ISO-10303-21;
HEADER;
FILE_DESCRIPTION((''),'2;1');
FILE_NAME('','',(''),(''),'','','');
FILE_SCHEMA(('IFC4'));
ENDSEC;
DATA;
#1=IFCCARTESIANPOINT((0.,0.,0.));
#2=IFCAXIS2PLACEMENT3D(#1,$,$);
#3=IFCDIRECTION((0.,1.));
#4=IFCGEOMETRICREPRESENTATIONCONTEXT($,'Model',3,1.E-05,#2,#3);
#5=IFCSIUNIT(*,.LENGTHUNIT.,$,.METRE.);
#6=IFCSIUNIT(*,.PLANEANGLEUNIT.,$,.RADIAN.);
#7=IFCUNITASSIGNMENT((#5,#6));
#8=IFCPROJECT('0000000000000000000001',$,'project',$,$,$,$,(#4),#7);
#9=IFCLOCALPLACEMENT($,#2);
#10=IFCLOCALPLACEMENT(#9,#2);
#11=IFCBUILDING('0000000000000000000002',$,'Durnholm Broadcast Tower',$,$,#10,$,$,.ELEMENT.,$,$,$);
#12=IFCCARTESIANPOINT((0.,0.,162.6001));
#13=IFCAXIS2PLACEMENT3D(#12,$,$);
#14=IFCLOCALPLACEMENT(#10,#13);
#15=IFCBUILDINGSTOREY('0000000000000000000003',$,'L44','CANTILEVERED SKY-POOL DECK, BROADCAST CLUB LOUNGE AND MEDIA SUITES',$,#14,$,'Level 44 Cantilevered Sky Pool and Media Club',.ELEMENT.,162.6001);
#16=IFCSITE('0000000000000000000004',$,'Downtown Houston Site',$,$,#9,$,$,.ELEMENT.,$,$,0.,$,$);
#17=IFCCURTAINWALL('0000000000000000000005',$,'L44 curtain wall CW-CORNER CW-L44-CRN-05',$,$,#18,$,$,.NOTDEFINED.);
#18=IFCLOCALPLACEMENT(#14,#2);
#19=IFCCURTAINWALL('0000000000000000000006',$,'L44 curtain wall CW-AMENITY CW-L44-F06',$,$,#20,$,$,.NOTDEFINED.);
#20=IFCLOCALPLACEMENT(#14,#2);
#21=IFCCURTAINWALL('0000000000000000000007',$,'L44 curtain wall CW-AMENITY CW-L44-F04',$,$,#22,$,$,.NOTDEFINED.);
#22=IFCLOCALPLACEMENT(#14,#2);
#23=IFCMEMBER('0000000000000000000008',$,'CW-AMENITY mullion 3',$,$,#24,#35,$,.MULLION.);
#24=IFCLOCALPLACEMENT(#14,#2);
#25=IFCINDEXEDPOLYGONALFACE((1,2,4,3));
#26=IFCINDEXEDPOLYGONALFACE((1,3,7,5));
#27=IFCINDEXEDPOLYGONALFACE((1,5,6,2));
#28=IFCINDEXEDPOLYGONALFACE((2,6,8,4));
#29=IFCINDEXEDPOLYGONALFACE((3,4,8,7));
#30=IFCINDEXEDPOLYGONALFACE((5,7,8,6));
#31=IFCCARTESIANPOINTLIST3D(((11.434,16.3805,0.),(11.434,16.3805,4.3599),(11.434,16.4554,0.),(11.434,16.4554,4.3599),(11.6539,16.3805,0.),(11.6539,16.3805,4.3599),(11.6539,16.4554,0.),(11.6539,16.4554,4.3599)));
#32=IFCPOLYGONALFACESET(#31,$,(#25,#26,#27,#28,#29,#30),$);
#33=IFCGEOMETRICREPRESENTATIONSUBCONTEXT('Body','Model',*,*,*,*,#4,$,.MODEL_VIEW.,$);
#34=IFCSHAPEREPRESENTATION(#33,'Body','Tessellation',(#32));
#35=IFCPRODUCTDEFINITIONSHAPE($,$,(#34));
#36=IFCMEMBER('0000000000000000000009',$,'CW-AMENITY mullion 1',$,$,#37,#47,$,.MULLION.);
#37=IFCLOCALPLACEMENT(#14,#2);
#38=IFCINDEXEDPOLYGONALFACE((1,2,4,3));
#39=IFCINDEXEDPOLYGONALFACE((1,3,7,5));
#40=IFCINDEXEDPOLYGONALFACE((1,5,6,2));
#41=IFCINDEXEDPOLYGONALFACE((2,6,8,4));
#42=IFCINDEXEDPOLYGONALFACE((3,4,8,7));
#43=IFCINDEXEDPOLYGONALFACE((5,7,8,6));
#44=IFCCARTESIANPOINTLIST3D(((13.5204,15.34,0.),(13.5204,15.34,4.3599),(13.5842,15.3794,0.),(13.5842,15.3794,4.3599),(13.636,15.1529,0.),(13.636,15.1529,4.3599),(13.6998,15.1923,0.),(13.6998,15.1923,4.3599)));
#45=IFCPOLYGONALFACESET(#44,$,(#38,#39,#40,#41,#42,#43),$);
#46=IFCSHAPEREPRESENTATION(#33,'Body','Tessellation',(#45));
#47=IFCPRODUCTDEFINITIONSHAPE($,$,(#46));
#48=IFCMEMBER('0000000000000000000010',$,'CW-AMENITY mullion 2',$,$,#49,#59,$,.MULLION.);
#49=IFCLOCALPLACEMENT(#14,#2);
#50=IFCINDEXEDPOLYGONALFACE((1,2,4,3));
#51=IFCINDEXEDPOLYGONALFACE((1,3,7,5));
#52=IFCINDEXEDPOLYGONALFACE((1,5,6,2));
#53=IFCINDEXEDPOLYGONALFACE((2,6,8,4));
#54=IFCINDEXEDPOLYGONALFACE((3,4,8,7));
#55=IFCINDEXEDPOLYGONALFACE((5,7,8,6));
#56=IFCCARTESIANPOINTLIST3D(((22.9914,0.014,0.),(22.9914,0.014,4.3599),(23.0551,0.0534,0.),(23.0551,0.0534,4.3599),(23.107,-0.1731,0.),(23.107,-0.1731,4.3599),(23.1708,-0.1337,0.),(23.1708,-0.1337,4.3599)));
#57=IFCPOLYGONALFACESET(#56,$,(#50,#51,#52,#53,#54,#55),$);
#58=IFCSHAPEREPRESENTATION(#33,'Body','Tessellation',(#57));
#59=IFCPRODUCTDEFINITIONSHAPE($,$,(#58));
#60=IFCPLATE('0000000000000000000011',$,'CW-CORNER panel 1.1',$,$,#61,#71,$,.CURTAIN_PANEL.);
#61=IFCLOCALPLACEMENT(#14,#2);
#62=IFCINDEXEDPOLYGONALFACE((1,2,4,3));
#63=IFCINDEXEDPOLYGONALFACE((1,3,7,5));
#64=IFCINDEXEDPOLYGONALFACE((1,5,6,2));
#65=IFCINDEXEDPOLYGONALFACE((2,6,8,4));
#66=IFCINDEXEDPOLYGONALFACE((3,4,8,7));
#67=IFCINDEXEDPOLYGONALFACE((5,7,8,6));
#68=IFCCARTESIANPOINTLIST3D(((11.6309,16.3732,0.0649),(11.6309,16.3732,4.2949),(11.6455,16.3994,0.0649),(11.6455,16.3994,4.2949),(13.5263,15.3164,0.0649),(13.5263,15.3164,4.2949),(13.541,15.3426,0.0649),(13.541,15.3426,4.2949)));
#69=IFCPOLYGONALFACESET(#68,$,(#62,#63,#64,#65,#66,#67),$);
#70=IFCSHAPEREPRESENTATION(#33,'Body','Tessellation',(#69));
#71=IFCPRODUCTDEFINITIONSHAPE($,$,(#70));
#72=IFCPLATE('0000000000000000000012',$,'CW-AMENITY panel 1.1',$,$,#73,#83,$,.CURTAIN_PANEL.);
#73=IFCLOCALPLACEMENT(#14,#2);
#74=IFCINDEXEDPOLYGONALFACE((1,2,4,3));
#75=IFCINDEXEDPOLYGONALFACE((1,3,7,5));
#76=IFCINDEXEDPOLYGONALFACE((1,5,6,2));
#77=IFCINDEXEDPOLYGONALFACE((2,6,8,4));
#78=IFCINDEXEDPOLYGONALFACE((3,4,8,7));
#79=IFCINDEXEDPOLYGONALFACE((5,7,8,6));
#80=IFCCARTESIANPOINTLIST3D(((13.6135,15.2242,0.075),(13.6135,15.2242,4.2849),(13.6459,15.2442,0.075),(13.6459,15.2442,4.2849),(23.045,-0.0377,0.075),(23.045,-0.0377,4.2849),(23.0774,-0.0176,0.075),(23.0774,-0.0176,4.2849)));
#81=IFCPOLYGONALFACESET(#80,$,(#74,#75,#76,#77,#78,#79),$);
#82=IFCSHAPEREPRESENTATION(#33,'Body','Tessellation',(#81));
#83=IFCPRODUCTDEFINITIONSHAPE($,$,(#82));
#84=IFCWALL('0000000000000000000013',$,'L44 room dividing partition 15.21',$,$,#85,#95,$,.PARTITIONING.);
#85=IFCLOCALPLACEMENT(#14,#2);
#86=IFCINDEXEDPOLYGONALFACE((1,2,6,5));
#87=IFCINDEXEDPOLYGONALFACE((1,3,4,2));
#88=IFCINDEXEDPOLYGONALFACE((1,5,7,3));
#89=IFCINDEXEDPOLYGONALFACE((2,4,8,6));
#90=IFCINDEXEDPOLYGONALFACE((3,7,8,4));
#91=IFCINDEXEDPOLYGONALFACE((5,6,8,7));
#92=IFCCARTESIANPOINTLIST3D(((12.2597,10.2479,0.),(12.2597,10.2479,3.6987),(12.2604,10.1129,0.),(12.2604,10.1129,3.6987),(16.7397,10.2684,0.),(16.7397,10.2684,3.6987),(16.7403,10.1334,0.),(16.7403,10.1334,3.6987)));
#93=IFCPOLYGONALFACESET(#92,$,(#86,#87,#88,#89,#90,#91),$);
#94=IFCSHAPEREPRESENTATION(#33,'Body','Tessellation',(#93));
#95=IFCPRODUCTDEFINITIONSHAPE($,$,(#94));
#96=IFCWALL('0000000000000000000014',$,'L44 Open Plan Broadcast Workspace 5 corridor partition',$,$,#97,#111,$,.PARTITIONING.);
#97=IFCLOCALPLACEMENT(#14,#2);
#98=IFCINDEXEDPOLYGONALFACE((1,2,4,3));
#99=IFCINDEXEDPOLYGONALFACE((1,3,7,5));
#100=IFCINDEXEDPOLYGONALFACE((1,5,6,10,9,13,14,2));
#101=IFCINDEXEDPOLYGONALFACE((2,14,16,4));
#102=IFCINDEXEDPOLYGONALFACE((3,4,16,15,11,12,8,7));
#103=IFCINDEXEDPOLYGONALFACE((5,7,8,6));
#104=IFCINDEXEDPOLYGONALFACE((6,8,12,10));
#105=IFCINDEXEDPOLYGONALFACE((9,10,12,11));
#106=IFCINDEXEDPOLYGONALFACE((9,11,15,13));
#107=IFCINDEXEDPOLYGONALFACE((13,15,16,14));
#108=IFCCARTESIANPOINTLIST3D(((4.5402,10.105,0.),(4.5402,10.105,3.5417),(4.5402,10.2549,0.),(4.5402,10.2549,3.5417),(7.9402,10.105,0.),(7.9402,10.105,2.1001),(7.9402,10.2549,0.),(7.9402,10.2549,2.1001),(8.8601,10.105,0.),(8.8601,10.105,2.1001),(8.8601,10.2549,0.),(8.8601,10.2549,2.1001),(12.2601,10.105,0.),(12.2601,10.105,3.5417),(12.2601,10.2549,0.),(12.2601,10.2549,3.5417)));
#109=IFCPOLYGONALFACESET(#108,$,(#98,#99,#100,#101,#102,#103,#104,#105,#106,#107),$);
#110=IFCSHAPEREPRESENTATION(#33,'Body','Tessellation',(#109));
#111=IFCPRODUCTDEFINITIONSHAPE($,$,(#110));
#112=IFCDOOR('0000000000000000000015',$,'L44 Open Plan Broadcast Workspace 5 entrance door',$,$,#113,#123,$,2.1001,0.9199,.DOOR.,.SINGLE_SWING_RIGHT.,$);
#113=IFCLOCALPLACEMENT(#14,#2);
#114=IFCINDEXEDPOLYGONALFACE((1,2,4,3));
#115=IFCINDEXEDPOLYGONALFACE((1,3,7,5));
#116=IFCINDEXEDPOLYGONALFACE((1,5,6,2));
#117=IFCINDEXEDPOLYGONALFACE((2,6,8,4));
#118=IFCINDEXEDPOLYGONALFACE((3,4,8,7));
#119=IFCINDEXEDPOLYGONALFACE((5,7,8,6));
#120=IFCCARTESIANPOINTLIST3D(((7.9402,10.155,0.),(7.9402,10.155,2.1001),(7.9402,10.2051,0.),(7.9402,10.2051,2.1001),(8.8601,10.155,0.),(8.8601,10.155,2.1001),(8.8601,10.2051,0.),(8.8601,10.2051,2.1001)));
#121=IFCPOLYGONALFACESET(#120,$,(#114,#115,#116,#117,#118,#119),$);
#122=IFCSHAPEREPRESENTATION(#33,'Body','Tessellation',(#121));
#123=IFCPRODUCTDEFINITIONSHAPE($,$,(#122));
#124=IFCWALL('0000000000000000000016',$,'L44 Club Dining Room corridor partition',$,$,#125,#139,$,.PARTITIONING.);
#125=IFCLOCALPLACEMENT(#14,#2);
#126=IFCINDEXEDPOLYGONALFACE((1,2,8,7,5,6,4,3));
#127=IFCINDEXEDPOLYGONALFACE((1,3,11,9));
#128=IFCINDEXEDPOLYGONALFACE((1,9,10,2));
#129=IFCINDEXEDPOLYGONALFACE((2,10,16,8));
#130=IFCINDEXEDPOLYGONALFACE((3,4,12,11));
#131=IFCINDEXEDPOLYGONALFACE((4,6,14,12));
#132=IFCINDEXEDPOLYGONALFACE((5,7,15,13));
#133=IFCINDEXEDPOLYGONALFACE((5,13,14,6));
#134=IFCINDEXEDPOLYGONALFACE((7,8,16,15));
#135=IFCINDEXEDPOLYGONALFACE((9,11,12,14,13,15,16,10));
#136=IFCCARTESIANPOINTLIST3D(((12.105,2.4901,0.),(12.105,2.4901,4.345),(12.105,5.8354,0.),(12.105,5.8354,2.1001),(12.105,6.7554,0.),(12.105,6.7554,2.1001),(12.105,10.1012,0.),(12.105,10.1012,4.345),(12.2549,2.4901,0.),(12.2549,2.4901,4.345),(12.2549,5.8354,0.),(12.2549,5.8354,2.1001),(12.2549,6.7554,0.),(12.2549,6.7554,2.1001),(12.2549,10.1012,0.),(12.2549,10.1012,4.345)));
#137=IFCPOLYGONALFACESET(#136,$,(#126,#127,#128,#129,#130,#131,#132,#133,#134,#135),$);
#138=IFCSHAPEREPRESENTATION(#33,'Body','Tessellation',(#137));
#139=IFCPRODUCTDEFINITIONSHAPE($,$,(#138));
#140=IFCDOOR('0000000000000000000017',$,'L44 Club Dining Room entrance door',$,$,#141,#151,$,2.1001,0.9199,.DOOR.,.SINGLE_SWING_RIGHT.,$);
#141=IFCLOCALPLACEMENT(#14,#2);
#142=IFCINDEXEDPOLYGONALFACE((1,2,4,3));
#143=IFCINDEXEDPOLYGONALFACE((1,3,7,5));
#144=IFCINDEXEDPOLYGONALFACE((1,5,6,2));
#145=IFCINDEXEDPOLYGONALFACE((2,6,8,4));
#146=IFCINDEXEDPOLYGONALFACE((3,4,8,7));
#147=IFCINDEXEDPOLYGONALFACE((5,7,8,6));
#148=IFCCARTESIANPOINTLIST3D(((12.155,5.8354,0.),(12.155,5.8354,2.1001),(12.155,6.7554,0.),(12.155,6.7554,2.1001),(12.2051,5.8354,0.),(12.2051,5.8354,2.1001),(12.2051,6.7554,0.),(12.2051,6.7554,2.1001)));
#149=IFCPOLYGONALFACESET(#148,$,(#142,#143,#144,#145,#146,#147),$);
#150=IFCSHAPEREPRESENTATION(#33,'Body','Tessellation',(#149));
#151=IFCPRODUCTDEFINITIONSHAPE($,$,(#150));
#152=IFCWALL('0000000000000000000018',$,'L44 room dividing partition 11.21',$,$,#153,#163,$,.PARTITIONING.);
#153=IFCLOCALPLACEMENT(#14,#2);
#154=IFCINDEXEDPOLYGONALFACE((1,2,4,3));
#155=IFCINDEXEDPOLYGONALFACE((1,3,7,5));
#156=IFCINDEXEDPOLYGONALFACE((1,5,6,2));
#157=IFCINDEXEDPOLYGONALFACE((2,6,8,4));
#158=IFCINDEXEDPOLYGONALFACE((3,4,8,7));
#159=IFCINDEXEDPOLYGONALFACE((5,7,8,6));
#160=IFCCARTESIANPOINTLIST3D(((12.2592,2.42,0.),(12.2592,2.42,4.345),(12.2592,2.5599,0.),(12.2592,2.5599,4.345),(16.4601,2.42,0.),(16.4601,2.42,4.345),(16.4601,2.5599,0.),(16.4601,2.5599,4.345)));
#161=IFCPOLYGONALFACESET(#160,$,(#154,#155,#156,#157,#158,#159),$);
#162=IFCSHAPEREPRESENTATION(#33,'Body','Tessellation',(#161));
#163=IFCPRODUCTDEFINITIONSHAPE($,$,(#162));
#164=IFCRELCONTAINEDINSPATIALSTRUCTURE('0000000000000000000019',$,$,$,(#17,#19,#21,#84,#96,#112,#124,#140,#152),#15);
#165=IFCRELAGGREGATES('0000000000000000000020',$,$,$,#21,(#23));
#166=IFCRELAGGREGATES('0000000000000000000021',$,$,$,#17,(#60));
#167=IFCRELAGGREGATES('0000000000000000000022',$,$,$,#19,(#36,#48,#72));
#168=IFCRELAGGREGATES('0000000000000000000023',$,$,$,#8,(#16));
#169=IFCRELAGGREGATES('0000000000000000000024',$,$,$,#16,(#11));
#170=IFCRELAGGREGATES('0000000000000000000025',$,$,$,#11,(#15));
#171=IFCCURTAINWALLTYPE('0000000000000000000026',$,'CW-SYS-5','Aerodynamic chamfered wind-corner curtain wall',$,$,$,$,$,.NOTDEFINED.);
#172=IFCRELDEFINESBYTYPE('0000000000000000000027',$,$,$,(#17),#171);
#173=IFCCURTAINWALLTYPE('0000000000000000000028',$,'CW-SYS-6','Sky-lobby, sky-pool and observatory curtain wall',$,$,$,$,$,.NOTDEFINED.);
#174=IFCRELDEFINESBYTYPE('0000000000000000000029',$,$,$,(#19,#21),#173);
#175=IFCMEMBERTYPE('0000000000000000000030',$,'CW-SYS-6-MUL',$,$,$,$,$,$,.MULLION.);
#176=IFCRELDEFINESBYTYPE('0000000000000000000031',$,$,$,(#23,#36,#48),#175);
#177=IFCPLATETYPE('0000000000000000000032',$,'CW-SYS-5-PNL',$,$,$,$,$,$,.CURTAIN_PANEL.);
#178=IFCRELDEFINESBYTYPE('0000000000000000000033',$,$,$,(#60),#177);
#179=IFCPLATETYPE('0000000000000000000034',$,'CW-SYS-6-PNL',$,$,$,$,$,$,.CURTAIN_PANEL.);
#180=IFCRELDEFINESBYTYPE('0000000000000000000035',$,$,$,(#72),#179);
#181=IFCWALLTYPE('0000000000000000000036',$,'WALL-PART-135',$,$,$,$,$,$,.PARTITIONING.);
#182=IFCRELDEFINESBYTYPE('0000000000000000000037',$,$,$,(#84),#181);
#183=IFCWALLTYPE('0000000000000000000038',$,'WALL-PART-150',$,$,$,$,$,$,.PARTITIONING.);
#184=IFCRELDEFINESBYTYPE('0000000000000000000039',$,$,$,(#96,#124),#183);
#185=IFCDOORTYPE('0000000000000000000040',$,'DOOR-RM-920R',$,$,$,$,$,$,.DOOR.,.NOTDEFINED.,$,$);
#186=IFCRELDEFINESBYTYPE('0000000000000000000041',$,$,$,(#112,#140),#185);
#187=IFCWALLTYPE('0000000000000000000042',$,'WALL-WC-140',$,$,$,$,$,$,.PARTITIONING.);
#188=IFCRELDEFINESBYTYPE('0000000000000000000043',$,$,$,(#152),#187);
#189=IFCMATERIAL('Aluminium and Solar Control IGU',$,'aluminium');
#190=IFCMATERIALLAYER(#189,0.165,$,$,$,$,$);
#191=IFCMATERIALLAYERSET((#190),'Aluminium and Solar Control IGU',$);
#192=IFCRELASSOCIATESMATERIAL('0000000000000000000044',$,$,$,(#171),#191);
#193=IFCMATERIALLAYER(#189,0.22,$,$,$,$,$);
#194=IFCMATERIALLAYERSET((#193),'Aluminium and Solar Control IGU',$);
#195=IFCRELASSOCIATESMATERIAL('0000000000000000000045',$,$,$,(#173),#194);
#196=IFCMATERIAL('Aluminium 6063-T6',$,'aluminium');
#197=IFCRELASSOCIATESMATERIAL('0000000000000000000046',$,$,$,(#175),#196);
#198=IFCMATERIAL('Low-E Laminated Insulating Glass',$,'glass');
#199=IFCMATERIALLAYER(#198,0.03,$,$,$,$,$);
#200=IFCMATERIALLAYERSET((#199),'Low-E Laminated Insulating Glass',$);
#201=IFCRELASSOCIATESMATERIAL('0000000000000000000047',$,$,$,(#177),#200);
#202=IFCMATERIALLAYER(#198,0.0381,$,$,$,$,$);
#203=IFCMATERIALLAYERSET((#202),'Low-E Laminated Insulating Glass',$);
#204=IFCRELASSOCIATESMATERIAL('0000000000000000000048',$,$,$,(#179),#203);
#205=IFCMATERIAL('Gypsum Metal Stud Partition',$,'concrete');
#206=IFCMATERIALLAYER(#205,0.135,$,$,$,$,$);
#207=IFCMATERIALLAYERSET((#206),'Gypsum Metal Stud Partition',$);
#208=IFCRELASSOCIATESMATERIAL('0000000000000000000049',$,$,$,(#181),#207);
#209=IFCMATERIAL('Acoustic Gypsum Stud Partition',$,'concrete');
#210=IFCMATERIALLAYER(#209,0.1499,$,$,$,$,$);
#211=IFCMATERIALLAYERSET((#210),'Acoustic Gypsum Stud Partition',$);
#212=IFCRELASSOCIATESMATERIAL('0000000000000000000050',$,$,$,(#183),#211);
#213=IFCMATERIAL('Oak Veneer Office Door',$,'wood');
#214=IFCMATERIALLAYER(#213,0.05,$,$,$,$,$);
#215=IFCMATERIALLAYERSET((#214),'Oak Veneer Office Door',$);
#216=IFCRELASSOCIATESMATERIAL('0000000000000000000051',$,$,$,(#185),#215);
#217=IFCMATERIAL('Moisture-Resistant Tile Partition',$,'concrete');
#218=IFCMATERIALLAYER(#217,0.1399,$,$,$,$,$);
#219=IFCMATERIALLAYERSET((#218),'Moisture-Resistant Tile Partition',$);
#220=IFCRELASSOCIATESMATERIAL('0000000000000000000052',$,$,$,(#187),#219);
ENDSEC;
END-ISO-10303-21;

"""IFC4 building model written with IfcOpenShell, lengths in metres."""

from ifc_helpers import new_model, si_unit, direction, frame, frame_2d, origin, origin_2d, place, context, subcontext, project, spatial, rectangle, extrude, source, transform, mapped, material, layer, layer_set, material_profile, profile_set, type_object, type_shapes, element, fill, aggregate, save


model = new_model("IFC4")

# Units and contexts
model_context = context("Model", 3, precision=1e-05, world=origin(), true_north=direction((0.0, 1.0)))
body_context = subcontext(model_context, "Body", "Model", "MODEL_VIEW")
ifc_project = project(units=[si_unit("LENGTHUNIT", "METRE"), si_unit("PLANEANGLEUNIT", "RADIAN")], contexts=[model_context])

# Site, building, storey
site_placement = place(None, origin())
site = spatial("IfcSite", under=ifc_project, at=site_placement, Name="Downtown Houston Site", CompositionType="ELEMENT", RefElevation=0.0)
building_placement = place(site_placement, origin())
building = spatial("IfcBuilding", under=site, at=building_placement, Name="Durnholm Broadcast Tower", CompositionType="ELEMENT")
storey_placement = place(building_placement, frame((0.0, 0.0, 162.6001)))
storey = spatial("IfcBuildingStorey", under=building, at=storey_placement, Name="L44", Description="CANTILEVERED SKY-POOL DECK, BROADCAST CLUB LOUNGE AND MEDIA SUITES", LongName="Level 44 Cantilevered Sky Pool and Media Club", CompositionType="ELEMENT", Elevation=162.6001)

# Curtain walls
ifc_material_1 = material(Name="Aluminium and Solar Control IGU", Category="aluminium")
ifc_layer_1 = layer(ifc_material_1, 0.165)
ifc_layer_set_1 = layer_set([ifc_layer_1], Name="Aluminium and Solar Control IGU")
curtain_wall_type_1 = type_object("IfcCurtainWallType", Name="CW-SYS-5", Description="Aerodynamic chamfered wind-corner curtain wall", PredefinedType="NOTDEFINED", material=ifc_layer_set_1)
curtain_wall_1_placement = place(storey_placement, origin())
curtain_wall_1 = element("IfcCurtainWall", 1, at=curtain_wall_1_placement, inside=storey, type_object=curtain_wall_type_1, Name="L44 curtain wall CW-CORNER CW-L44-CRN-05", PredefinedType="NOTDEFINED")
ifc_material_2 = material(Name="Aluminium 6063-T6", Category="aluminium")
ifc_layer_2 = layer(ifc_material_1, 0.22)
ifc_layer_set_2 = layer_set([ifc_layer_2], Name="Aluminium and Solar Control IGU")
curtain_wall_type_2 = type_object("IfcCurtainWallType", Name="CW-SYS-6", Description="Sky-lobby, sky-pool and observatory curtain wall", PredefinedType="NOTDEFINED", material=ifc_layer_set_2)
curtain_wall_2_placement = place(storey_placement, origin())
curtain_wall_2 = element("IfcCurtainWall", 2, at=curtain_wall_2_placement, inside=storey, type_object=curtain_wall_type_2, Name="L44 curtain wall CW-AMENITY CW-L44-F06", PredefinedType="NOTDEFINED")

# Curtain wall, member
curtain_wall_3_placement = place(storey_placement, origin())
curtain_wall_3 = element("IfcCurtainWall", 3, at=curtain_wall_3_placement, inside=storey, type_object=curtain_wall_type_2, Name="L44 curtain wall CW-AMENITY CW-L44-F04", PredefinedType="NOTDEFINED")
ifc_material_profile_1 = material_profile(ifc_material_2, rectangle(XDim=0.075, YDim=0.22, at=origin_2d()), Name="CWM75X220")
ifc_profile_set_1 = profile_set([ifc_material_profile_1], Name="Aluminium 6063-T6")
member_type_1 = type_object("IfcMemberType", Name="CW-SYS-6-MUL", PredefinedType="MULLION", material=ifc_profile_set_1)
shared_shape_1 = source(origin(), body_context, "Body", "SweptSolid", [
    extrude(rectangle(XDim=0.075, YDim=0.22, at=origin_2d()), origin(), (0.0, 0.0, 1.0), 4.3599),
])
type_shapes(member_type_1, [shared_shape_1])
member_1_placement = place(storey_placement, frame((11.5439, 16.418, 0.0), z_axis=(0.0, 0.0, 1.0), x_axis=(0.0, 1.0, 0.0)))
member_1 = element("IfcMember", 4, at=member_1_placement, type_object=member_type_1, Name="CW-AMENITY mullion 3", PredefinedType="MULLION", context=body_context, shape_type="MappedRepresentation", body=[
    mapped(shared_shape_1, transform((0.0, 0.0, 0.0), x_axis=(1.0, 0.0, 0.0), y_axis=(0.0, 1.0, 0.0), z_axis=(0.0, 0.0, 1.0), scale=1.0)),
])
aggregate(curtain_wall_3, [member_1])

# Members
member_2_placement = place(storey_placement, frame((13.6101, 15.2661, 0.0), z_axis=(0.0, 0.0, 1.0), x_axis=(0.850671, 0.525698, 0.0)))
member_2 = element("IfcMember", 5, at=member_2_placement, type_object=member_type_1, Name="CW-AMENITY mullion 1", PredefinedType="MULLION", context=body_context, shape_type="MappedRepresentation", body=[
    mapped(shared_shape_1, transform((0.0, 0.0, 0.0), x_axis=(1.0, 0.0, 0.0), y_axis=(0.0, 1.0, 0.0), z_axis=(0.0, 0.0, 1.0), scale=1.0)),
])
member_3_placement = place(storey_placement, frame((23.0811, -0.0598, 0.0), z_axis=(0.0, 0.0, 1.0), x_axis=(0.850671, 0.525698, 0.0)))
member_3 = element("IfcMember", 6, at=member_3_placement, type_object=member_type_1, Name="CW-AMENITY mullion 2", PredefinedType="MULLION", context=body_context, shape_type="MappedRepresentation", body=[
    mapped(shared_shape_1, transform((0.0, 0.0, 0.0), x_axis=(1.0, 0.0, 0.0), y_axis=(0.0, 1.0, 0.0), z_axis=(0.0, 0.0, 1.0), scale=1.0)),
])

# Plates
ifc_material_3 = material(Name="Low-E Laminated Insulating Glass", Category="glass")
ifc_layer_3 = layer(ifc_material_3, 0.03)
ifc_layer_set_3 = layer_set([ifc_layer_3], Name="Low-E Laminated Insulating Glass")
plate_type_1 = type_object("IfcPlateType", Name="CW-SYS-5-PNL", PredefinedType="CURTAIN_PANEL", material=ifc_layer_set_3)
shared_shape_2 = source(origin(), body_context, "Body", "SweptSolid", [
    extrude(rectangle(XDim=2.1702, YDim=0.03, at=origin_2d()), origin(), (0.0, 0.0, 1.0), 4.23),
])
type_shapes(plate_type_1, [shared_shape_2])
plate_1_placement = place(storey_placement, frame((12.5859, 15.8579, 0.0649), z_axis=(0.0, 0.0, 1.0), x_axis=(0.87341, -0.486986, 0.0)))
plate_1 = element("IfcPlate", 7, at=plate_1_placement, type_object=plate_type_1, Name="CW-CORNER panel 1.1", PredefinedType="CURTAIN_PANEL", context=body_context, shape_type="MappedRepresentation", body=[
    mapped(shared_shape_2, transform((0.0, 0.0, 0.0), x_axis=(1.0, 0.0, 0.0), y_axis=(0.0, 1.0, 0.0), z_axis=(0.0, 0.0, 1.0), scale=1.0)),
])
aggregate(curtain_wall_1, [plate_1])
ifc_layer_4 = layer(ifc_material_3, 0.0381)
ifc_layer_set_4 = layer_set([ifc_layer_4], Name="Low-E Laminated Insulating Glass")
plate_type_2 = type_object("IfcPlateType", Name="CW-SYS-6-PNL", PredefinedType="CURTAIN_PANEL", material=ifc_layer_set_4)
shared_shape_3 = source(origin(), body_context, "Body", "SweptSolid", [
    extrude(rectangle(XDim=17.9409, YDim=0.0381, at=origin_2d()), origin(), (0.0, 0.0, 1.0), 4.21),
])
type_shapes(plate_type_2, [shared_shape_3])
plate_2_placement = place(storey_placement, frame((18.3455, 7.6033, 0.075), z_axis=(0.0, 0.0, 1.0), x_axis=(0.525698, -0.850671, 0.0)))
plate_2 = element("IfcPlate", 8, at=plate_2_placement, type_object=plate_type_2, Name="CW-AMENITY panel 1.1", PredefinedType="CURTAIN_PANEL", context=body_context, shape_type="MappedRepresentation", body=[
    mapped(shared_shape_3, transform((0.0, 0.0, 0.0), x_axis=(1.0, 0.0, 0.0), y_axis=(0.0, 1.0, 0.0), z_axis=(0.0, 0.0, 1.0), scale=1.0)),
])
aggregate(curtain_wall_2, [member_2, member_3, plate_2])

# Wall
ifc_material_4 = material(Name="Gypsum Metal Stud Partition", Category="concrete")
ifc_layer_5 = layer(ifc_material_4, 0.135)
ifc_layer_set_5 = layer_set([ifc_layer_5], Name="Gypsum Metal Stud Partition")
wall_type_1 = type_object("IfcWallType", Name="WALL-PART-135", PredefinedType="PARTITIONING", material=ifc_layer_set_5)
wall_1_placement = place(storey_placement, frame((16.74, 10.2009, 0.0), z_axis=(0.0, 0.0, 1.0), x_axis=(-0.99999, -0.004578, 0.0)))
element("IfcWall", 9, at=wall_1_placement, inside=storey, type_object=wall_type_1, Name="L44 room dividing partition 15.21", PredefinedType="PARTITIONING", context=body_context, shape_type="SweptSolid", body=[
    extrude(rectangle(XDim=4.48, YDim=0.135, at=frame_2d((2.24, 0.0))), origin(), (0.0, 0.0, 1.0), 3.6987),
])

# Walls, openings, doors
ifc_material_5 = material(Name="Acoustic Gypsum Stud Partition", Category="concrete")
ifc_layer_6 = layer(ifc_material_5, 0.1499)
ifc_layer_set_6 = layer_set([ifc_layer_6], Name="Acoustic Gypsum Stud Partition")
wall_type_2 = type_object("IfcWallType", Name="WALL-PART-150", PredefinedType="PARTITIONING", material=ifc_layer_set_6)
wall_2_placement = place(storey_placement, frame((12.26, 10.1799, 0.0), z_axis=(0.0, 0.0, 1.0), x_axis=(-1.0, 0.0, 0.0)))
wall_2 = element("IfcWall", 10, at=wall_2_placement, inside=storey, type_object=wall_type_2, Name="L44 Open Plan Broadcast Workspace 5 corridor partition", PredefinedType="PARTITIONING", context=body_context, shape_type="SweptSolid", body=[
    extrude(rectangle(XDim=7.72, YDim=0.1499, at=frame_2d((3.8599, 0.0))), origin(), (0.0, 0.0, 1.0), 3.5417),
])
opening_1_placement = place(wall_2_placement, frame((3.3999, 0.0, 0.0)))
opening_1 = element("IfcOpeningElement", 11, at=opening_1_placement, cuts=wall_2, PredefinedType="OPENING", context=body_context, shape_type="SweptSolid", body=[
    extrude(rectangle(XDim=0.9199, YDim=2.1001, at=frame_2d((0.46, 1.05))), frame((0.0, 0.085, 0.0), z_axis=(0.0, -1.0, 0.0), x_axis=(1.0, 0.0, 0.0)), (0.0, 0.0, 1.0), 0.1699),
])
ifc_material_6 = material(Name="Oak Veneer Office Door", Category="wood")
ifc_layer_7 = layer(ifc_material_6, 0.05)
ifc_layer_set_7 = layer_set([ifc_layer_7], Name="Oak Veneer Office Door")
door_type = type_object("IfcDoorType", Name="DOOR-RM-920R", OperationType="NOTDEFINED", PredefinedType="DOOR", material=ifc_layer_set_7)
shared_shape_4 = source(origin(), body_context, "Body", "SweptSolid", [
    extrude(rectangle(XDim=0.9199, YDim=2.1001, at=frame_2d((0.46, 1.05))), frame((0.0, 0.0249, 0.0), z_axis=(0.0, -1.0, 0.0), x_axis=(1.0, 0.0, 0.0)), (0.0, 0.0, 1.0), 0.05),
])
type_shapes(door_type, [shared_shape_4])
door_1_placement = place(opening_1_placement, origin())
door_1 = element("IfcDoor", 12, at=door_1_placement, inside=storey, type_object=door_type, Name="L44 Open Plan Broadcast Workspace 5 entrance door", OperationType="SINGLE_SWING_RIGHT", OverallHeight=2.1001, OverallWidth=0.9199, PredefinedType="DOOR", context=body_context, shape_type="MappedRepresentation", body=[
    mapped(shared_shape_4, transform((0.0, 0.0, 0.0), x_axis=(1.0, 0.0, 0.0), y_axis=(0.0, 1.0, 0.0), z_axis=(0.0, 0.0, 1.0), scale=1.0)),
])
fill(opening_1, door_1)
wall_3_placement = place(storey_placement, frame((12.1799, 2.49, 0.0), z_axis=(0.0, 0.0, 1.0), x_axis=(0.0, 1.0, 0.0)))
wall_3 = element("IfcWall", 13, at=wall_3_placement, inside=storey, type_object=wall_type_2, Name="L44 Club Dining Room corridor partition", PredefinedType="PARTITIONING", context=body_context, shape_type="SweptSolid", body=[
    extrude(rectangle(XDim=7.6111, YDim=0.1499, at=frame_2d((3.8057, 0.0))), origin(), (0.0, 0.0, 1.0), 4.345),
])
opening_2_placement = place(wall_3_placement, frame((3.3455, 0.0, 0.0)))
opening_2 = element("IfcOpeningElement", 14, at=opening_2_placement, cuts=wall_3, PredefinedType="OPENING", context=body_context, shape_type="SweptSolid", body=[
    extrude(rectangle(XDim=0.9199, YDim=2.1001, at=frame_2d((0.46, 1.05))), frame((0.0, 0.085, 0.0), z_axis=(0.0, -1.0, 0.0), x_axis=(1.0, 0.0, 0.0)), (0.0, 0.0, 1.0), 0.1699),
])
door_2_placement = place(opening_2_placement, origin())
door_2 = element("IfcDoor", 15, at=door_2_placement, inside=storey, type_object=door_type, Name="L44 Club Dining Room entrance door", OperationType="SINGLE_SWING_RIGHT", OverallHeight=2.1001, OverallWidth=0.9199, PredefinedType="DOOR", context=body_context, shape_type="MappedRepresentation", body=[
    mapped(shared_shape_4, transform((0.0, 0.0, 0.0), x_axis=(1.0, 0.0, 0.0), y_axis=(0.0, 1.0, 0.0), z_axis=(0.0, 0.0, 1.0), scale=1.0)),
])
fill(opening_2, door_2)

# Wall
ifc_material_7 = material(Name="Moisture-Resistant Tile Partition", Category="concrete")
ifc_layer_8 = layer(ifc_material_7, 0.1399)
ifc_layer_set_8 = layer_set([ifc_layer_8], Name="Moisture-Resistant Tile Partition")
wall_type_3 = type_object("IfcWallType", Name="WALL-WC-140", PredefinedType="PARTITIONING", material=ifc_layer_set_8)
wall_4_placement = place(storey_placement, frame((12.259, 2.49, 0.0), z_axis=(0.0, 0.0, 1.0), x_axis=(1.0, 0.0, 0.0)))
element("IfcWall", 16, at=wall_4_placement, inside=storey, type_object=wall_type_3, Name="L44 room dividing partition 11.21", PredefinedType="PARTITIONING", context=body_context, shape_type="SweptSolid", body=[
    extrude(rectangle(XDim=4.2009, YDim=0.1399, at=frame_2d((2.1006, 0.0))), origin(), (0.0, 0.0, 1.0), 4.345),
])

save(model, "model.ifc")
